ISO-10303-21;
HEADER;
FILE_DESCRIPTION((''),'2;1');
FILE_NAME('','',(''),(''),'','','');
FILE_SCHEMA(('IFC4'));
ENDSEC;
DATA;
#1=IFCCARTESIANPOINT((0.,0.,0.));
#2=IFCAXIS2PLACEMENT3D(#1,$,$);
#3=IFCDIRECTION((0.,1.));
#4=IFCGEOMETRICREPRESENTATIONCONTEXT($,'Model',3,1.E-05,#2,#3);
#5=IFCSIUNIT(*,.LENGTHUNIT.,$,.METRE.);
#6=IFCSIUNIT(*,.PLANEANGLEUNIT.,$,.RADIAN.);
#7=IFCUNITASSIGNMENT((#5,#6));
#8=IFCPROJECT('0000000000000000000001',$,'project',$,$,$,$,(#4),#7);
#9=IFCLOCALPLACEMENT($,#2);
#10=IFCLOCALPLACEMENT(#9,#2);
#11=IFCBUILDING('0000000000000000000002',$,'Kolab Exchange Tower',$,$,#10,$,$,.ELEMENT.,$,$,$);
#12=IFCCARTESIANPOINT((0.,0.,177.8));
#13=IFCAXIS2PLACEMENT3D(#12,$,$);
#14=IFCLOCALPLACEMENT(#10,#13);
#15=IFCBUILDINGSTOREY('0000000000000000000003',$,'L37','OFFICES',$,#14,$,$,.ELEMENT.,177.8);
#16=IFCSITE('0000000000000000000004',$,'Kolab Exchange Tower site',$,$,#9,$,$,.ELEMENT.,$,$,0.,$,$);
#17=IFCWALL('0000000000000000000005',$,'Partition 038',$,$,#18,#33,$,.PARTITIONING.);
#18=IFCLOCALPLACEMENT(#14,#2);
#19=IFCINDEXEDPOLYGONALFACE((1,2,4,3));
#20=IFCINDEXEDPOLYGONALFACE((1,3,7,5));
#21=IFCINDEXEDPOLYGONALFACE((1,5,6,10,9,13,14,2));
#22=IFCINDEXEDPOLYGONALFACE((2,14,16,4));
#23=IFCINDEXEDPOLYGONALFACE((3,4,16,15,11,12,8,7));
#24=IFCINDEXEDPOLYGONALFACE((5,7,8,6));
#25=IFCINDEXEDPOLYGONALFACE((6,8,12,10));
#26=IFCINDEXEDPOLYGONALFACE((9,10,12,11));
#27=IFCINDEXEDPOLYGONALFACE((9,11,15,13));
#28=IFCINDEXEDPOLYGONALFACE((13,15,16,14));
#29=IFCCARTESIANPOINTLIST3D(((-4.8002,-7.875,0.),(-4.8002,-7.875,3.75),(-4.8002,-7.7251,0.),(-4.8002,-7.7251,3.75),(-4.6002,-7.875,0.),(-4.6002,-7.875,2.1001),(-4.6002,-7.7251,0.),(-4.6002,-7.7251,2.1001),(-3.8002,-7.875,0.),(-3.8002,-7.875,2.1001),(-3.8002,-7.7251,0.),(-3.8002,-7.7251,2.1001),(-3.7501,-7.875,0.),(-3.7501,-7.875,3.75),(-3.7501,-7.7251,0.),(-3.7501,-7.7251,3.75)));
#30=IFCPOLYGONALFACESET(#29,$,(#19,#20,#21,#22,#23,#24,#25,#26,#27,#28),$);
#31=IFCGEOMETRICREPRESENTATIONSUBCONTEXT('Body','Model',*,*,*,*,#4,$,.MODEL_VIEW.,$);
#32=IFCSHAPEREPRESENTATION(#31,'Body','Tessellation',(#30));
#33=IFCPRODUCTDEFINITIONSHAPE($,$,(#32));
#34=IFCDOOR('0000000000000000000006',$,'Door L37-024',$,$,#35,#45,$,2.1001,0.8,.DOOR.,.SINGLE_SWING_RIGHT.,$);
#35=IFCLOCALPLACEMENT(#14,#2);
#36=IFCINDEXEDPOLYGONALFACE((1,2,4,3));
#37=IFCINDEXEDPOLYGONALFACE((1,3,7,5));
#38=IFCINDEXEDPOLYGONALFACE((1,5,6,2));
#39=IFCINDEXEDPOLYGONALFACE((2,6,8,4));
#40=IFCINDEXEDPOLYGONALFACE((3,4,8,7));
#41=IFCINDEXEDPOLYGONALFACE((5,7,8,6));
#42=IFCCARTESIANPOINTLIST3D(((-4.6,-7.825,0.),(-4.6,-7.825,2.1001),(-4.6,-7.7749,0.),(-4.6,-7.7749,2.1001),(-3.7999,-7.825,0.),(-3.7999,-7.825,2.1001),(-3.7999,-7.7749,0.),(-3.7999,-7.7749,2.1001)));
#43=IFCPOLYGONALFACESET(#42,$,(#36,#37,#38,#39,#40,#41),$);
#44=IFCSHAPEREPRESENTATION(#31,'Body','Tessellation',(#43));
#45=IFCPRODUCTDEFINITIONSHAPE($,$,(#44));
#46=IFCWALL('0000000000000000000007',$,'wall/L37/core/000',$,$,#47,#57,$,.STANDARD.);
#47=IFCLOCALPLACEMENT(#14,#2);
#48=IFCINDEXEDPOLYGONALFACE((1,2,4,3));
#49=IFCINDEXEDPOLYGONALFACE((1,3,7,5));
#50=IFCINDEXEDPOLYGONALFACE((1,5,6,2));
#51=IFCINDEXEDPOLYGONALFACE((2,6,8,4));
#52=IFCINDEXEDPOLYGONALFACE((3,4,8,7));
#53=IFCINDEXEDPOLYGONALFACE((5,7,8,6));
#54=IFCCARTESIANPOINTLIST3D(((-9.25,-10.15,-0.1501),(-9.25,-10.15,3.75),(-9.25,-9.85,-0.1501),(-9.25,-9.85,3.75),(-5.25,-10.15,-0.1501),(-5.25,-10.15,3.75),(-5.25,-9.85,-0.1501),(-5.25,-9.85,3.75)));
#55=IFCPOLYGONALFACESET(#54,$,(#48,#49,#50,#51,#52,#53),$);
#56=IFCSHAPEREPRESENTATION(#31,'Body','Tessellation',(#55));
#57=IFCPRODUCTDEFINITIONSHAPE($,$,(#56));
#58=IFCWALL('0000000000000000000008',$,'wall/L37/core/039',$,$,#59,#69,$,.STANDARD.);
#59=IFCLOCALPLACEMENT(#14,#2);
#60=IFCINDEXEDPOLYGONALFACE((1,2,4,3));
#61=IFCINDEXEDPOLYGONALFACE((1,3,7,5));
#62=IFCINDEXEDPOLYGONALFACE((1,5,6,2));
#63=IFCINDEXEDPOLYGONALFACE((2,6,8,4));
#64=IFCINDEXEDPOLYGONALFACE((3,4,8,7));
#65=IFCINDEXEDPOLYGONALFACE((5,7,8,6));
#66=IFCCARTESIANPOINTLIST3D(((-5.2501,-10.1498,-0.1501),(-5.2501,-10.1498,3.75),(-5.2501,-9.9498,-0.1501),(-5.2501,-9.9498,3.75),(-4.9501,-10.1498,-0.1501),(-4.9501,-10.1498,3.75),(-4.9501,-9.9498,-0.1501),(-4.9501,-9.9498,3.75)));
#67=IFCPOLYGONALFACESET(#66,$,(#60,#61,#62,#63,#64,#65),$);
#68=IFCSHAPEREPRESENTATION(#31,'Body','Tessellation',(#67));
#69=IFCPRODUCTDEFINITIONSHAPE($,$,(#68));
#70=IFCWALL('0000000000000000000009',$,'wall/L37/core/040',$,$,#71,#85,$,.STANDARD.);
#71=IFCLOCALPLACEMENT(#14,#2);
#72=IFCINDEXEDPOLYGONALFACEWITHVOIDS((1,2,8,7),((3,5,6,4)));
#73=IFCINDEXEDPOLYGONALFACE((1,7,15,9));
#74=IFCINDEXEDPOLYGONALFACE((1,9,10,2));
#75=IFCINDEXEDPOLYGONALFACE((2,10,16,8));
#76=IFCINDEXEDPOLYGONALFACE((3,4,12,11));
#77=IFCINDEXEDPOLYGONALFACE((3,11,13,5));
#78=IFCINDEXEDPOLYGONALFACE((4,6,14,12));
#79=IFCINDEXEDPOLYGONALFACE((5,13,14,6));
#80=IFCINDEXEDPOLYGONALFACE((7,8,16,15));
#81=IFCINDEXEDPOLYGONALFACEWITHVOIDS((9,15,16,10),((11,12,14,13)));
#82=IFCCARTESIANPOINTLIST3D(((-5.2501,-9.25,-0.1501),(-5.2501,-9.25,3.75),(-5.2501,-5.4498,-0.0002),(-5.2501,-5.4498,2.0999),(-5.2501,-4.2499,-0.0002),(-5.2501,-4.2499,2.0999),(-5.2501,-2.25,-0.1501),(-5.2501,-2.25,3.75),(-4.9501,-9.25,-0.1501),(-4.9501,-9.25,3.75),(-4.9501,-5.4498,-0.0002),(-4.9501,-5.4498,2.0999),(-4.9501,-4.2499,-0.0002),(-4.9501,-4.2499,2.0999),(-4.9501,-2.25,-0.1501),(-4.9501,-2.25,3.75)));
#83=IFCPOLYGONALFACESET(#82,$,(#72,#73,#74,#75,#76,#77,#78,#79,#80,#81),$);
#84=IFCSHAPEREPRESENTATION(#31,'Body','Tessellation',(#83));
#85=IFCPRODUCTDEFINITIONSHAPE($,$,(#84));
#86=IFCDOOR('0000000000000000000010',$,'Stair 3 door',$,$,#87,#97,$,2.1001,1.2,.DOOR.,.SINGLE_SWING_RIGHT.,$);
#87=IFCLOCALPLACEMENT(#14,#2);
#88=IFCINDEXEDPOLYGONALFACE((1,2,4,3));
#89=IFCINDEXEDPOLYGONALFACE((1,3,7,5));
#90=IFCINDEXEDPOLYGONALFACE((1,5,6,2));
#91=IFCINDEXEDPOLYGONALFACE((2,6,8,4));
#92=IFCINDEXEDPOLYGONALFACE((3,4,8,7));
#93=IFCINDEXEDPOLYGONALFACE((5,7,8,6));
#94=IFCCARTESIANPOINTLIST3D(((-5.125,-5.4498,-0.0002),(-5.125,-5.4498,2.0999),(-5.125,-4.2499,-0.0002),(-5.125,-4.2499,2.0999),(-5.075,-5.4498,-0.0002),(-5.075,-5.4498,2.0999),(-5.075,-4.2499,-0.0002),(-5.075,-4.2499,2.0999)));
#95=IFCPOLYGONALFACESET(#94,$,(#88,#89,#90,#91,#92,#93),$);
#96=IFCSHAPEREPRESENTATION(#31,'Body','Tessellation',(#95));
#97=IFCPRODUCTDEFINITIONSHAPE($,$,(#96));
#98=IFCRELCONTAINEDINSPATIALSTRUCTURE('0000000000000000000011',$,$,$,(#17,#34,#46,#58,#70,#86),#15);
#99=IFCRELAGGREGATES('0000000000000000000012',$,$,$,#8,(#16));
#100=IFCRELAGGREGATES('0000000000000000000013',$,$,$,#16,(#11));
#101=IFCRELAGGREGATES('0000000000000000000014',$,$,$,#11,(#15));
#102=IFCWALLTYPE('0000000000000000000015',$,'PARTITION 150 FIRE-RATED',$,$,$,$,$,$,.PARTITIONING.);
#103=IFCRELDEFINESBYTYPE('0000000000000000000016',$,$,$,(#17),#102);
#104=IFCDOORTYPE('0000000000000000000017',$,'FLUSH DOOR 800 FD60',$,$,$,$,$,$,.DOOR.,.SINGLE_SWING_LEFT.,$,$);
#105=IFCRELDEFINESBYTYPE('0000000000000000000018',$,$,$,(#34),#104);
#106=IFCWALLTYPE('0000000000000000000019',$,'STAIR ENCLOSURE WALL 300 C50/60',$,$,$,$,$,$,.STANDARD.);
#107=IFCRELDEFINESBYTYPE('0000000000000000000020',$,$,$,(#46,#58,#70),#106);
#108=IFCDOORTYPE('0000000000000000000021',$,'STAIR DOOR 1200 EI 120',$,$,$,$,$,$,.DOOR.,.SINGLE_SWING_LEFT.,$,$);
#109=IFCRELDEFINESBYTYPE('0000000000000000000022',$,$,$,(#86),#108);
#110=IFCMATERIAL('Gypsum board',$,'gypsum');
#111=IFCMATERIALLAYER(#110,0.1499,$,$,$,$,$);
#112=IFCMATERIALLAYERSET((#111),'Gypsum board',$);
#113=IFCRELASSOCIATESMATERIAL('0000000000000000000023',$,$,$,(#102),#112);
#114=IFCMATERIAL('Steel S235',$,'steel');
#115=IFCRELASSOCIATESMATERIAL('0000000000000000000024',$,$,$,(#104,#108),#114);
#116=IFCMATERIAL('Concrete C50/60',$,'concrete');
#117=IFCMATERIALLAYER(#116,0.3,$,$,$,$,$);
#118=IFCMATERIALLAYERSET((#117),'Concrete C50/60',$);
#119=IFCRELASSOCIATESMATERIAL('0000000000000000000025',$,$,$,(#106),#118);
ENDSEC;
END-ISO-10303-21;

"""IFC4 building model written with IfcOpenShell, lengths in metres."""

from ifc_helpers import new_model, si_unit, direction, frame, frame_2d, origin, place, context, subcontext, project, spatial, rectangle, extrude, material, layer, layer_set, type_object, element, fill, save


model = new_model("IFC4")

# Units and contexts
model_context = context("Model", 3, precision=1e-05, world=origin(), true_north=direction((0.0, 1.0)))
body_context = subcontext(model_context, "Body", "Model", "MODEL_VIEW")
ifc_project = project(units=[si_unit("LENGTHUNIT", "METRE"), si_unit("PLANEANGLEUNIT", "RADIAN")], contexts=[model_context])

# Site, building, storey
site_placement = place(None, origin())
site = spatial("IfcSite", under=ifc_project, at=site_placement, Name="Kolab Exchange Tower site", CompositionType="ELEMENT", RefElevation=0.0)
building_placement = place(site_placement, origin())
building = spatial("IfcBuilding", under=site, at=building_placement, Name="Kolab Exchange Tower", CompositionType="ELEMENT")
storey_placement = place(building_placement, frame((0.0, 0.0, 177.8)))
storey = spatial("IfcBuildingStorey", under=building, at=storey_placement, Name="L37", Description="OFFICES", CompositionType="ELEMENT", Elevation=177.8)

# Shared definitions
ifc_material_1 = material(Name="Steel S235", Category="steel")

# Shared definitions
ifc_material_2 = material(Name="Concrete C50/60", Category="concrete")

# Shared definitions
ifc_material_3 = material(Name="Gypsum board", Category="gypsum")
ifc_layer_1 = layer(ifc_material_3, 0.1499)
ifc_layer_set_1 = layer_set([ifc_layer_1], Name="Gypsum board")
wall_type_1 = type_object("IfcWallType", Name="PARTITION 150 FIRE-RATED", PredefinedType="PARTITIONING", material=ifc_layer_set_1)

# Wall, opening, door
wall_1_placement = place(storey_placement, frame((-4.8, -7.8, 0.0), z_axis=(0.0, 0.0, 1.0), x_axis=(1.0, 0.0, 0.0)))
wall_1 = element("IfcWall", 1, at=wall_1_placement, inside=storey, type_object=wall_type_1, Name="Partition 038", PredefinedType="PARTITIONING", context=body_context, shape_type="SweptSolid", body=[
    extrude(rectangle(XDim=1.05, YDim=0.1499, at=frame_2d((0.5249, 0.0))), origin(), (0.0, 0.0, 1.0), 3.75),
])
opening_1_placement = place(wall_1_placement, frame((0.2, 0.0, 0.0)))
opening_1 = element("IfcOpeningElement", 2, at=opening_1_placement, cuts=wall_1, PredefinedType="OPENING", context=body_context, shape_type="SweptSolid", body=[
    extrude(rectangle(XDim=0.8, YDim=2.1001, at=frame_2d((0.3999, 1.05))), frame((0.0, 0.085, 0.0), z_axis=(0.0, -1.0, 0.0), x_axis=(1.0, 0.0, 0.0)), (0.0, 0.0, 1.0), 0.1699),
])
door_type_1 = type_object("IfcDoorType", Name="FLUSH DOOR 800 FD60", OperationType="SINGLE_SWING_LEFT", PredefinedType="DOOR", material=ifc_material_1)
door_1_placement = place(opening_1_placement, frame((0.8, 0.0, 0.0), z_axis=(0.0, 0.0, 1.0), x_axis=(-1.0, 0.0, 0.0)))
door_1 = element("IfcDoor", 3, at=door_1_placement, inside=storey, type_object=door_type_1, Name="Door L37-024", OperationType="SINGLE_SWING_RIGHT", OverallHeight=2.1001, OverallWidth=0.8, PredefinedType="DOOR", context=body_context, shape_type="SweptSolid", body=[
    extrude(rectangle(XDim=0.8, YDim=2.1001, at=frame_2d((0.3999, 1.05))), frame((0.0, 0.0249, 0.0), z_axis=(0.0, -1.0, 0.0), x_axis=(1.0, 0.0, 0.0)), (0.0, 0.0, 1.0), 0.05),
])
fill(opening_1, door_1)

# Walls
ifc_layer_2 = layer(ifc_material_2, 0.3)
ifc_layer_set_2 = layer_set([ifc_layer_2], Name="Concrete C50/60")
wall_type_2 = type_object("IfcWallType", Name="STAIR ENCLOSURE WALL 300 C50/60", PredefinedType="STANDARD", material=ifc_layer_set_2)
wall_2_placement = place(storey_placement, frame((-9.25, -10.0, -0.1501), z_axis=(0.0, 0.0, 1.0), x_axis=(1.0, 0.0, 0.0)))
element("IfcWall", 4, at=wall_2_placement, inside=storey, type_object=wall_type_2, Name="wall/L37/core/000", PredefinedType="STANDARD", context=body_context, shape_type="SweptSolid", body=[
    extrude(rectangle(XDim=4.0, YDim=0.3, at=frame_2d((2.0, 0.0))), origin(), (0.0, 0.0, 1.0), 3.9001),
])
wall_3_placement = place(storey_placement, frame((-5.1001, -10.1499, -0.1501), z_axis=(0.0, 0.0, 1.0), x_axis=(0.0, 1.0, 0.0)))
element("IfcWall", 5, at=wall_3_placement, inside=storey, type_object=wall_type_2, Name="wall/L37/core/039", PredefinedType="STANDARD", context=body_context, shape_type="SweptSolid", body=[
    extrude(rectangle(XDim=0.2, YDim=0.3, at=frame_2d((0.1001, 0.0))), origin(), (0.0, 0.0, 1.0), 3.9001),
])

# Wall, opening, door
wall_4_placement = place(storey_placement, frame((-5.1001, -9.25, -0.1501), z_axis=(0.0, 0.0, 1.0), x_axis=(0.0, 1.0, 0.0)))
wall_4 = element("IfcWall", 6, at=wall_4_placement, inside=storey, type_object=wall_type_2, Name="wall/L37/core/040", PredefinedType="STANDARD", context=body_context, shape_type="SweptSolid", body=[
    extrude(rectangle(XDim=7.0, YDim=0.3, at=frame_2d((3.5, 0.0))), origin(), (0.0, 0.0, 1.0), 3.9001),
])
opening_2_placement = place(wall_4_placement, frame((3.8, 0.0, 0.1499)))
opening_2 = element("IfcOpeningElement", 7, at=opening_2_placement, cuts=wall_4, PredefinedType="OPENING", context=body_context, shape_type="SweptSolid", body=[
    extrude(rectangle(XDim=1.2, YDim=2.1001, at=frame_2d((0.6001, 1.05))), frame((0.0, 0.1602, 0.0), z_axis=(0.0, -1.0, 0.0), x_axis=(1.0, 0.0, 0.0)), (0.0, 0.0, 1.0), 0.3201),
])
door_type_2 = type_object("IfcDoorType", Name="STAIR DOOR 1200 EI 120", OperationType="SINGLE_SWING_LEFT", PredefinedType="DOOR", material=ifc_material_1)
door_2_placement = place(opening_2_placement, origin())
door_2 = element("IfcDoor", 8, at=door_2_placement, inside=storey, type_object=door_type_2, Name="Stair 3 door", OperationType="SINGLE_SWING_RIGHT", OverallHeight=2.1001, OverallWidth=1.2, PredefinedType="DOOR", context=body_context, shape_type="SweptSolid", body=[
    extrude(rectangle(XDim=1.2, YDim=2.1001, at=frame_2d((0.6001, 1.05))), frame((0.0, 0.0249, 0.0), z_axis=(0.0, -1.0, 0.0), x_axis=(1.0, 0.0, 0.0)), (0.0, 0.0, 1.0), 0.05),
])
fill(opening_2, door_2)

save(model, "model.ifc")
